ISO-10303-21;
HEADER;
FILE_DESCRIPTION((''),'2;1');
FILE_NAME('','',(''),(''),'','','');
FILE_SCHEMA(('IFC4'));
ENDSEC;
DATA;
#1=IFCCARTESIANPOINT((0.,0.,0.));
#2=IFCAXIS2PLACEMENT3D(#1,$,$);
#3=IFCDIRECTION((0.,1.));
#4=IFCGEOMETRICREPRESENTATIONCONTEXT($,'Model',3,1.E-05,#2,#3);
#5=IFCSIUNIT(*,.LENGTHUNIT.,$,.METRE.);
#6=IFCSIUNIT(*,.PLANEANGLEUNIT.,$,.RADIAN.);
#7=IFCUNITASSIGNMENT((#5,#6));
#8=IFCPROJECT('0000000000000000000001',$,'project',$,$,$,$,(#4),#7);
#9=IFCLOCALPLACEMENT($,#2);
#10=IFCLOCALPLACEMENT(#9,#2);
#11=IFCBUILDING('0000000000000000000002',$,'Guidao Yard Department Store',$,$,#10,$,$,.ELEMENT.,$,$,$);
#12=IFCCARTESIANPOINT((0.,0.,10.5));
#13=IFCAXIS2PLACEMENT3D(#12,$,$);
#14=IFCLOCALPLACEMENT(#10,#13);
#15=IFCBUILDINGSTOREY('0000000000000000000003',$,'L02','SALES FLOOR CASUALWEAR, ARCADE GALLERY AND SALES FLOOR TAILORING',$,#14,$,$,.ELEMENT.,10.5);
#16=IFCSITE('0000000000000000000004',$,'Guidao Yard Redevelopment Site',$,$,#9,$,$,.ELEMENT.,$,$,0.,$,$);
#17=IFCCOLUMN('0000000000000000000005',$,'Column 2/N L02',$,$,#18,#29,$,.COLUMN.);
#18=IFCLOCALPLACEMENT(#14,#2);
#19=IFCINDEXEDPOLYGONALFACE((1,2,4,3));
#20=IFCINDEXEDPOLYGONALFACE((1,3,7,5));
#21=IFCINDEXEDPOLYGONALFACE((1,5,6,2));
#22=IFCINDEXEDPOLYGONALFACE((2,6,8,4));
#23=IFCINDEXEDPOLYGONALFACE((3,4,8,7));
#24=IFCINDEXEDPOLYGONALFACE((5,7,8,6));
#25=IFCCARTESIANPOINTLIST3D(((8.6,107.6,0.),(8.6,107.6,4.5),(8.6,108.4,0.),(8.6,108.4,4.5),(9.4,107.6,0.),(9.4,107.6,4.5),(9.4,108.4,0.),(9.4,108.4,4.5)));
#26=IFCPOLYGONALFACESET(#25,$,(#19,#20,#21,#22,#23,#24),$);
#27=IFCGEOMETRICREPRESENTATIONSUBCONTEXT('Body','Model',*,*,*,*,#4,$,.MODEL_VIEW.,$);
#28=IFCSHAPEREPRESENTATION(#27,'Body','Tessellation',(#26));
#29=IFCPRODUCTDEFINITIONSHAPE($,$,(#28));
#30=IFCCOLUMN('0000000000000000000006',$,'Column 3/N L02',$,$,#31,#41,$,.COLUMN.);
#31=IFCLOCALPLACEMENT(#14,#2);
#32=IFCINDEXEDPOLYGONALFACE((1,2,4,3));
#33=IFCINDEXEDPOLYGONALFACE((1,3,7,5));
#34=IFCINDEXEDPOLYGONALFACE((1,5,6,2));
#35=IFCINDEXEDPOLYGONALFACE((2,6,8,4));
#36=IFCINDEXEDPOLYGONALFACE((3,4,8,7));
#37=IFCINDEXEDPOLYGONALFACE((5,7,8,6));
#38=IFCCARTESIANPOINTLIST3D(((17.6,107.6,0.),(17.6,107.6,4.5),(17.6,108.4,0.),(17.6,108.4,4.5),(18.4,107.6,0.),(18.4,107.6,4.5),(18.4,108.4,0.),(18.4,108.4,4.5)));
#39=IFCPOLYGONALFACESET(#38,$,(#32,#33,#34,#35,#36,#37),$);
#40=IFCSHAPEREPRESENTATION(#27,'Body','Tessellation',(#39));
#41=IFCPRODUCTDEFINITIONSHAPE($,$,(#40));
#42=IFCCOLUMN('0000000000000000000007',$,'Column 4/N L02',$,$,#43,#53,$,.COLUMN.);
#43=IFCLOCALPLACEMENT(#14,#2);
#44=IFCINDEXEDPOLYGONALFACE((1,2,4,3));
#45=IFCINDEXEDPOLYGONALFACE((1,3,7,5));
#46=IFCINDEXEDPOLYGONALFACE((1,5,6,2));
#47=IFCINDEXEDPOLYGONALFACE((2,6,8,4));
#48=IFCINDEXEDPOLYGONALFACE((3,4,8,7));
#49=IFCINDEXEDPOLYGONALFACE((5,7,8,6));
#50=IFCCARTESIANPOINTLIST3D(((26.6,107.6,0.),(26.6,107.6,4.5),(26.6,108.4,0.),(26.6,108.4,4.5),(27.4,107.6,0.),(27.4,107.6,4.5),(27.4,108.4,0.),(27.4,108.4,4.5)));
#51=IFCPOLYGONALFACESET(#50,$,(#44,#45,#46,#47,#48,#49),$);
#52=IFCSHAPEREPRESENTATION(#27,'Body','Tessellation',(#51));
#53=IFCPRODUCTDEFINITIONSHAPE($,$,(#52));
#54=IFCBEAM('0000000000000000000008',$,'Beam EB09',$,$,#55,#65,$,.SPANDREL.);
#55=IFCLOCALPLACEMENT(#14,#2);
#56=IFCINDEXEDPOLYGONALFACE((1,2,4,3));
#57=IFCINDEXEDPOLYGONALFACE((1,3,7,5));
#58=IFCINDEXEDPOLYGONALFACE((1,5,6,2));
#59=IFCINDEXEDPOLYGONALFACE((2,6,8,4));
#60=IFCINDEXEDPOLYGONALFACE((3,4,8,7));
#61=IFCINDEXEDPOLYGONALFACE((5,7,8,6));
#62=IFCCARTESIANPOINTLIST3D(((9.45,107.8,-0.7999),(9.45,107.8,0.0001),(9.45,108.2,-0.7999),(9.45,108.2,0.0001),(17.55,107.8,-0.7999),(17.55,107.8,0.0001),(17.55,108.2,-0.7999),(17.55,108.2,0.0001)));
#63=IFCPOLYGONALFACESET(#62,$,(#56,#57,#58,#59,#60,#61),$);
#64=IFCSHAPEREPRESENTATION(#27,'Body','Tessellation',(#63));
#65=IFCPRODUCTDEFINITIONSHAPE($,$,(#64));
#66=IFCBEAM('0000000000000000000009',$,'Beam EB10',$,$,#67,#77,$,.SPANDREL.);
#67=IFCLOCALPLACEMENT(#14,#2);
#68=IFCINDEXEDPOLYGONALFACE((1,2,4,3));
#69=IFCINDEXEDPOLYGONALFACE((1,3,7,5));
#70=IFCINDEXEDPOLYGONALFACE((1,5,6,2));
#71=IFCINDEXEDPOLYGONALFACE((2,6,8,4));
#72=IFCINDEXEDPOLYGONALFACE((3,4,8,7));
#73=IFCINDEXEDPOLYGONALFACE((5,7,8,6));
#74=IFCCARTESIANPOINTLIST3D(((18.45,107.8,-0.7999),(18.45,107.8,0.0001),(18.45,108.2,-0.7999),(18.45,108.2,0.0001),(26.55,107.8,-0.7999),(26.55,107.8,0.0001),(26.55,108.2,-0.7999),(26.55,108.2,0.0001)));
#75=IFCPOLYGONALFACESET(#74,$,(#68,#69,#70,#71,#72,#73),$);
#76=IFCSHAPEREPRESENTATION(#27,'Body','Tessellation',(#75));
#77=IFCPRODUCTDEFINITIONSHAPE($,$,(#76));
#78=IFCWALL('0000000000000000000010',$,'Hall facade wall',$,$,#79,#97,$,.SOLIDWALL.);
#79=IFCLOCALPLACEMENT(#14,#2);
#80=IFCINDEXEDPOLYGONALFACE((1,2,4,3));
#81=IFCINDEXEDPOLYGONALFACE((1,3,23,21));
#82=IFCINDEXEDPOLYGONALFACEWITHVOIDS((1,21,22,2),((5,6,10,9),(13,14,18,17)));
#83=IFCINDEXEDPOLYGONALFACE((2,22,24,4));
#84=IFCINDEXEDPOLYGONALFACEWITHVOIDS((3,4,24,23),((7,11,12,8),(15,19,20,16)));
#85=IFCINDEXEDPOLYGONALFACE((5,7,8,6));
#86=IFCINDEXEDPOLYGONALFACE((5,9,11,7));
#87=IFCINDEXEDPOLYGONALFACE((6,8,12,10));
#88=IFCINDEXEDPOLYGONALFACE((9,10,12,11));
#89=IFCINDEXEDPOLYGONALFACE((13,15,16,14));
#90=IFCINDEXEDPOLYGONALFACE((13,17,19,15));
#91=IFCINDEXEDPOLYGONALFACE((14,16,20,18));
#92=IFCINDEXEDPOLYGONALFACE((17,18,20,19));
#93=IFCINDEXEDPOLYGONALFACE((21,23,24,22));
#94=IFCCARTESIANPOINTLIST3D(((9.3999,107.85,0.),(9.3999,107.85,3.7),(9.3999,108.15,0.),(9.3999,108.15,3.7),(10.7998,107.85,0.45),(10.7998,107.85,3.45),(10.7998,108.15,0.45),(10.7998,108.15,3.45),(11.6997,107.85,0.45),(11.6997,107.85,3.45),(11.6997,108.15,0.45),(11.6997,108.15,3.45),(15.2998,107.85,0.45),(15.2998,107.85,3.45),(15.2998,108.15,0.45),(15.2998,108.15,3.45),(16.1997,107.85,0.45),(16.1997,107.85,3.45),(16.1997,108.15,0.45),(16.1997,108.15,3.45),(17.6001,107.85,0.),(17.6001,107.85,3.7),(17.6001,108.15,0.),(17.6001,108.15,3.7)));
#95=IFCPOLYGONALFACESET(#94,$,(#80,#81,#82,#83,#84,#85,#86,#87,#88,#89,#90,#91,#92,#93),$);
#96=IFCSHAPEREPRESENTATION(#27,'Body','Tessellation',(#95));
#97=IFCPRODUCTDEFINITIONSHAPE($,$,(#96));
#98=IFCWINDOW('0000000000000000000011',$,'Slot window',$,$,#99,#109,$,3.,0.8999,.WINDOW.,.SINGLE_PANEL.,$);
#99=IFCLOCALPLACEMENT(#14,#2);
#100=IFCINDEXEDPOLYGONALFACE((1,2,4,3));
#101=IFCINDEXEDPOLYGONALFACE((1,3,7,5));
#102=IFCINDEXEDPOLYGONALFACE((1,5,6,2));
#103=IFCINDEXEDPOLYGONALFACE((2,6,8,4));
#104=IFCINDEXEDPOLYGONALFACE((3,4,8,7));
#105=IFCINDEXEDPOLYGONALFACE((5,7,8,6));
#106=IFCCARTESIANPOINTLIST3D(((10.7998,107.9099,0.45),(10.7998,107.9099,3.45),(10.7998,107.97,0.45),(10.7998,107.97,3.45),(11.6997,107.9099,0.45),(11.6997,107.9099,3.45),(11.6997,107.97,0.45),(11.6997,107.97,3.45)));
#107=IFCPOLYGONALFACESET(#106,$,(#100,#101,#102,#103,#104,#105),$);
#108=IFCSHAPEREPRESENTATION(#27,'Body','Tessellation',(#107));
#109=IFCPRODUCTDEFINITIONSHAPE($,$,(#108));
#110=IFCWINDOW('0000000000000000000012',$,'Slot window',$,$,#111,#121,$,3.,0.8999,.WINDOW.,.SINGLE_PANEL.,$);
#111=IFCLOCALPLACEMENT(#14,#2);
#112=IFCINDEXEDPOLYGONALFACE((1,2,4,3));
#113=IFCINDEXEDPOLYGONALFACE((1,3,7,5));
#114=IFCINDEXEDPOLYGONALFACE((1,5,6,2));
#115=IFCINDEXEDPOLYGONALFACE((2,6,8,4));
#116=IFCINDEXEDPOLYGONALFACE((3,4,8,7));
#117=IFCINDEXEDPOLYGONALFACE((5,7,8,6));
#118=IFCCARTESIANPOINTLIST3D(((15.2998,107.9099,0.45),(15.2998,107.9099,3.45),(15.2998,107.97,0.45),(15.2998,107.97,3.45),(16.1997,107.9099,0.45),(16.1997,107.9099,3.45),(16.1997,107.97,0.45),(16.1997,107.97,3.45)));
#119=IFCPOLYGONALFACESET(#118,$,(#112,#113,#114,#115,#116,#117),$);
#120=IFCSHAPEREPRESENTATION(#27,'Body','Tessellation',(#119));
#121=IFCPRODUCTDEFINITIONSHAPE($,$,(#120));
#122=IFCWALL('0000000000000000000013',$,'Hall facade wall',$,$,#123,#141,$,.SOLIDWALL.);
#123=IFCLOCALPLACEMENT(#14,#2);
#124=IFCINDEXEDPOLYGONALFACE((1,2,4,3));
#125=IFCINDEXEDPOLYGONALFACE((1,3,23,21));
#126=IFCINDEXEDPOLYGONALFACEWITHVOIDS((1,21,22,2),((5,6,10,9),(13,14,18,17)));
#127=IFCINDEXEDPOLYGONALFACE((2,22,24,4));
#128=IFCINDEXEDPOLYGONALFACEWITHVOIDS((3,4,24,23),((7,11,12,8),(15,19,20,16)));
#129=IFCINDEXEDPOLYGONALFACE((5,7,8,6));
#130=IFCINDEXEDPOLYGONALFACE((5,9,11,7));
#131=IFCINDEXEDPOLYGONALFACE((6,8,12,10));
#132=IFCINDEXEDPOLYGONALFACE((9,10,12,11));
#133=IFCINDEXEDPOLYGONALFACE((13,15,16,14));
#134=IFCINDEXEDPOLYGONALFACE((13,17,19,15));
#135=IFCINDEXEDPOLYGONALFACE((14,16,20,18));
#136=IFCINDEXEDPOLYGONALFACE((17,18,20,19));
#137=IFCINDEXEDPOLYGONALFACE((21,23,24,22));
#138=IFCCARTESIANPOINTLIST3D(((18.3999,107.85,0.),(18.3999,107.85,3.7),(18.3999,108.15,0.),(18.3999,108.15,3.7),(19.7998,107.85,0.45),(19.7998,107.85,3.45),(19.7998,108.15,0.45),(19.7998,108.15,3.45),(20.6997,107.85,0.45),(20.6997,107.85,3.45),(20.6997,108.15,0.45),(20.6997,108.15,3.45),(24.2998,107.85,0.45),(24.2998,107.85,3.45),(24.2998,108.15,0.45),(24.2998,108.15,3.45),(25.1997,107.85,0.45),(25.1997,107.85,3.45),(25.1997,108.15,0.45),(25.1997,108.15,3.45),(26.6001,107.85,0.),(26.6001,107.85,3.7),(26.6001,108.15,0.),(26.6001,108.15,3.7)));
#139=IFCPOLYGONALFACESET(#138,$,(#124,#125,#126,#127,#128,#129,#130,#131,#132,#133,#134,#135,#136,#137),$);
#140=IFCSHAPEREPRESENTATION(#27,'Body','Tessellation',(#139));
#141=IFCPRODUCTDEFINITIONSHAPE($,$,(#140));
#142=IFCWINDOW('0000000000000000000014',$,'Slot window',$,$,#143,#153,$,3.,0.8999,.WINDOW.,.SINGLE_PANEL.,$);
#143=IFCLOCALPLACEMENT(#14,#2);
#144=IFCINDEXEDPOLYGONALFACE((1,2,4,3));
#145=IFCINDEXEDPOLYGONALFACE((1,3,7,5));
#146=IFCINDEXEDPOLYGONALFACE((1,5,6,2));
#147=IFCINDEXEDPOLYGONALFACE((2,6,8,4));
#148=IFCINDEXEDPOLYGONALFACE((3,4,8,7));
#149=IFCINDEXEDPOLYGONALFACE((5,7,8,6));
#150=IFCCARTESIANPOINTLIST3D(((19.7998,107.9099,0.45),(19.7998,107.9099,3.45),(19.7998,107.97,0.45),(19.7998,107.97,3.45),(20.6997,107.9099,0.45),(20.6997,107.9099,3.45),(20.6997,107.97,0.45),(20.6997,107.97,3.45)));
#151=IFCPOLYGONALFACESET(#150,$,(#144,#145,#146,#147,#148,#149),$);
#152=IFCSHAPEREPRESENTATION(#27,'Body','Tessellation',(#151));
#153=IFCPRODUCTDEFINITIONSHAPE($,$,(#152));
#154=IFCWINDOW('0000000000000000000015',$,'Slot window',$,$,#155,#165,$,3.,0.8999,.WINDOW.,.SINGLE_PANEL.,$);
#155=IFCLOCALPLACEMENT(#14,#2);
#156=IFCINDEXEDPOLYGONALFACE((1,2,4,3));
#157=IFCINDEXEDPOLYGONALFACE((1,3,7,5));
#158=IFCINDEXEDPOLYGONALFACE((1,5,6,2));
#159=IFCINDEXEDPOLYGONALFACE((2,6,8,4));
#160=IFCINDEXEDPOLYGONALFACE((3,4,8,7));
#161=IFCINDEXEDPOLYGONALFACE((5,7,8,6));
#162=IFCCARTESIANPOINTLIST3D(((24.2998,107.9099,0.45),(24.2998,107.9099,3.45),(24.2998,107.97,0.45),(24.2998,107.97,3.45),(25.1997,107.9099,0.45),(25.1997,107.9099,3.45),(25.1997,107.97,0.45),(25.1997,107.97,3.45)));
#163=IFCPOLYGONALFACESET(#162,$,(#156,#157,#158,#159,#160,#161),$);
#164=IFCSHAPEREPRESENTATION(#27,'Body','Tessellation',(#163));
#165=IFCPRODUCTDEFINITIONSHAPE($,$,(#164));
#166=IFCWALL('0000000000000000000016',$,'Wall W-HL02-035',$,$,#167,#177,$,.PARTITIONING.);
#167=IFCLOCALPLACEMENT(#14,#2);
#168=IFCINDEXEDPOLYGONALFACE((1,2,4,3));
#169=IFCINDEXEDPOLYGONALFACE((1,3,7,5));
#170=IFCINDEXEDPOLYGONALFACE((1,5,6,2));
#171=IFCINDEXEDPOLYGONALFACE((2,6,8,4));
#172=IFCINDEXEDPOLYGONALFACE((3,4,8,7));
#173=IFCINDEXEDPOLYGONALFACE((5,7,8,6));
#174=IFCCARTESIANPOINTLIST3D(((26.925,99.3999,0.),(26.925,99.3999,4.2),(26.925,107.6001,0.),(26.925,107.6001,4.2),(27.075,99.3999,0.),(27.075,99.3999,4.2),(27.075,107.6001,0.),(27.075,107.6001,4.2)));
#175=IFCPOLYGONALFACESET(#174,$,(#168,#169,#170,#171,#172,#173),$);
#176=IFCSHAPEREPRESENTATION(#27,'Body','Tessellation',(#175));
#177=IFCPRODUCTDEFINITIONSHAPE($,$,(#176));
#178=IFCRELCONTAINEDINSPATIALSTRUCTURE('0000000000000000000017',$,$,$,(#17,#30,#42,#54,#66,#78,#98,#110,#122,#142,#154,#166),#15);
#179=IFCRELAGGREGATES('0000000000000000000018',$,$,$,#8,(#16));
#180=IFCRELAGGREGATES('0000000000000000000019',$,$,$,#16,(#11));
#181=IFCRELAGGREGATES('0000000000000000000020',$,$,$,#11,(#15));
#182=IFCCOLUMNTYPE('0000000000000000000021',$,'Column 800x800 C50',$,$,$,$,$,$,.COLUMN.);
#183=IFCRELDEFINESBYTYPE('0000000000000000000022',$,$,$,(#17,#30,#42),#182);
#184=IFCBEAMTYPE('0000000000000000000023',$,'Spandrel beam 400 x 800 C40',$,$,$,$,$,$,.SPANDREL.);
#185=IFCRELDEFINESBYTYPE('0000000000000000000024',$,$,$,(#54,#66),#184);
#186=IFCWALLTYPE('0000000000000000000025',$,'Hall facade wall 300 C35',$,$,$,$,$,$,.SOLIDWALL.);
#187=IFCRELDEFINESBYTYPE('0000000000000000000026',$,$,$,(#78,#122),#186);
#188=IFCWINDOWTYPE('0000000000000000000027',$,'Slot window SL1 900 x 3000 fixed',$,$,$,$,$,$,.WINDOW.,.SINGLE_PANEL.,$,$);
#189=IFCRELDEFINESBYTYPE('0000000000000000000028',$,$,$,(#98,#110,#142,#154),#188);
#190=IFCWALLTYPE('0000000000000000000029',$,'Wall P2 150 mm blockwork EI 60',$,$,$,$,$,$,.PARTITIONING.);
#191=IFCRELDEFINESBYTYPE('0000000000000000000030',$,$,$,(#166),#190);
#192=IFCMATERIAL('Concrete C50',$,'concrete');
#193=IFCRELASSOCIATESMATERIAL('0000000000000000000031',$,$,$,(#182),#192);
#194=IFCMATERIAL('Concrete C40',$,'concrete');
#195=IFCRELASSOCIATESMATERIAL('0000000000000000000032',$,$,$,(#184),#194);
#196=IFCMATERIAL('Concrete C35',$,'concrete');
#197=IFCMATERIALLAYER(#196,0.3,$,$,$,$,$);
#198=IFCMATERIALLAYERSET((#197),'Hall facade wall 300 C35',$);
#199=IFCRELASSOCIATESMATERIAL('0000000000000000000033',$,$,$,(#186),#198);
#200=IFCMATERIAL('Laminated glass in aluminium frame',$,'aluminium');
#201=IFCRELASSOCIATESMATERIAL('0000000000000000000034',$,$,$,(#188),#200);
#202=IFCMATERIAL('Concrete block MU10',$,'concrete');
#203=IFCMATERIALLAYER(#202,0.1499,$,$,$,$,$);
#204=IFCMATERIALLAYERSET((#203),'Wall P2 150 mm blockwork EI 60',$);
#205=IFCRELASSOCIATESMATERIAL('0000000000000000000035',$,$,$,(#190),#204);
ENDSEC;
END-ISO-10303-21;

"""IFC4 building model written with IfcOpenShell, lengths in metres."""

from ifc_helpers import new_model, si_unit, direction, frame, frame_2d, origin, origin_2d, place, context, subcontext, project, spatial, rectangle, extrude, material, layer, layer_set, material_profile, profile_set, type_object, element, fill, save


model = new_model("IFC4")

# Units and contexts
model_context = context("Model", 3, precision=1e-05, world=origin(), true_north=direction((0.0, 1.0)))
body_context = subcontext(model_context, "Body", "Model", "MODEL_VIEW")
ifc_project = project(units=[si_unit("LENGTHUNIT", "METRE"), si_unit("PLANEANGLEUNIT", "RADIAN")], contexts=[model_context])

# Site, building, storey
site_placement = place(None, origin())
site = spatial("IfcSite", under=ifc_project, at=site_placement, Name="Guidao Yard Redevelopment Site", CompositionType="ELEMENT", RefElevation=0.0)
building_placement = place(site_placement, origin())
building = spatial("IfcBuilding", under=site, at=building_placement, Name="Guidao Yard Department Store", CompositionType="ELEMENT")
storey_placement = place(building_placement, frame((0.0, 0.0, 10.5)))
storey = spatial("IfcBuildingStorey", under=building, at=storey_placement, Name="L02", Description="SALES FLOOR CASUALWEAR, ARCADE GALLERY AND SALES FLOOR TAILORING", CompositionType="ELEMENT", Elevation=10.5)

# Columns
ifc_material_1 = material(Name="Concrete C50", Category="concrete")
ifc_material_profile_1 = material_profile(ifc_material_1, rectangle(XDim=0.8, YDim=0.8, at=origin_2d()), Name="COL 800x800")
ifc_profile_set_1 = profile_set([ifc_material_profile_1], Name="Concrete C50")
column_type = type_object("IfcColumnType", Name="Column 800x800 C50", PredefinedType="COLUMN", material=ifc_profile_set_1)
for number, where, z_axis, x_axis, name in (
    (1, (9.0, 108.0, 0.0), (0.0, 0.0, 1.0), (1.0, 0.0, 0.0), "Column 2/N L02"),
    (2, (18.0, 108.0, 0.0), (0.0, 0.0, 1.0), (1.0, 0.0, 0.0), "Column 3/N L02"),
    (3, (27.0, 108.0, 0.0), (0.0, 0.0, 1.0), (1.0, 0.0, 0.0), "Column 4/N L02"),
):
    element("IfcColumn", number, at=place(storey_placement, frame(where, z_axis=z_axis, x_axis=x_axis)), inside=storey, type_object=column_type, Name=name, PredefinedType="COLUMN", context=body_context, shape_type="SweptSolid", body=[
        extrude(rectangle(XDim=0.8, YDim=0.8, at=origin_2d()), origin(), (0.0, 0.0, 1.0), 4.5),
    ])

# Beams
ifc_material_2 = material(Name="Concrete C40", Category="concrete")
ifc_material_profile_2 = material_profile(ifc_material_2, rectangle(XDim=0.3999, YDim=0.8, at=origin_2d()), Name="Spandrel beam 400 x 800 C40")
ifc_profile_set_2 = profile_set([ifc_material_profile_2], Name="Concrete C40")
beam_type = type_object("IfcBeamType", Name="Spandrel beam 400 x 800 C40", PredefinedType="SPANDREL", material=ifc_profile_set_2)
for number, where, z_axis, x_axis, name in (
    (4, (9.45, 108.0, -0.3999), (1.0, 0.0, 0.0), (0.0, 1.0, 0.0), "Beam EB09"),
    (5, (18.45, 108.0, -0.3999), (1.0, 0.0, 0.0), (0.0, 1.0, 0.0), "Beam EB10"),
):
    element("IfcBeam", number, at=place(storey_placement, frame(where, z_axis=z_axis, x_axis=x_axis)), inside=storey, type_object=beam_type, Name=name, PredefinedType="SPANDREL", context=body_context, shape_type="SweptSolid", body=[
        extrude(rectangle(XDim=0.3999, YDim=0.8, at=origin_2d()), origin(), (0.0, 0.0, 1.0), 8.1001),
    ])

# Walls, openings, windows
ifc_material_3 = material(Name="Concrete C35", Category="concrete")
ifc_layer_1 = layer(ifc_material_3, 0.3)
ifc_layer_set_1 = layer_set([ifc_layer_1], Name="Hall facade wall 300 C35")
wall_type_1 = type_object("IfcWallType", Name="Hall facade wall 300 C35", PredefinedType="SOLIDWALL", material=ifc_layer_set_1)
wall_1_placement = place(storey_placement, frame((9.3999, 108.0, 0.0), z_axis=(0.0, 0.0, 1.0), x_axis=(1.0, 0.0, 0.0)))
wall_1 = element("IfcWall", 6, at=wall_1_placement, inside=storey, type_object=wall_type_1, Name="Hall facade wall", PredefinedType="SOLIDWALL", context=body_context, shape_type="SweptSolid", body=[
    extrude(rectangle(XDim=8.2002, YDim=0.3, at=frame_2d((4.1001, 0.0))), origin(), (0.0, 0.0, 1.0), 3.7),
])
opening_1_placement = place(wall_1_placement, frame((1.3999, 0.0, 0.45)))
opening_1 = element("IfcOpeningElement", 7, at=opening_1_placement, cuts=wall_1, PredefinedType="OPENING", context=body_context, shape_type="SweptSolid", body=[
    extrude(rectangle(XDim=0.8999, YDim=3.0, at=frame_2d((0.45, 1.5))), frame((0.0, 0.1599, 0.0), z_axis=(0.0, -1.0, 0.0), x_axis=(1.0, 0.0, 0.0)), (0.0, 0.0, 1.0), 0.3201),
])
opening_2_placement = place(wall_1_placement, frame((5.8999, 0.0, 0.45)))
opening_2 = element("IfcOpeningElement", 8, at=opening_2_placement, cuts=wall_1, PredefinedType="OPENING", context=body_context, shape_type="SweptSolid", body=[
    extrude(rectangle(XDim=0.8999, YDim=3.0, at=frame_2d((0.45, 1.5))), frame((0.0, 0.1599, 0.0), z_axis=(0.0, -1.0, 0.0), x_axis=(1.0, 0.0, 0.0)), (0.0, 0.0, 1.0), 0.3201),
])
ifc_material_4 = material(Name="Laminated glass in aluminium frame", Category="aluminium")
window_type = type_object("IfcWindowType", Name="Slot window SL1 900 x 3000 fixed", PartitioningType="SINGLE_PANEL", PredefinedType="WINDOW", material=ifc_material_4)
window_1_placement = place(opening_1_placement, origin())
window_1 = element("IfcWindow", 9, at=window_1_placement, inside=storey, type_object=window_type, Name="Slot window", OverallHeight=3.0, OverallWidth=0.8999, PartitioningType="SINGLE_PANEL", PredefinedType="WINDOW", context=body_context, shape_type="SweptSolid", body=[
    extrude(rectangle(XDim=0.8999, YDim=3.0, at=frame_2d((0.45, 1.5))), frame((0.0, -0.03, 0.0), z_axis=(0.0, -1.0, 0.0), x_axis=(1.0, 0.0, 0.0)), (0.0, 0.0, 1.0), 0.0601),
])
fill(opening_1, window_1)
window_2_placement = place(opening_2_placement, origin())
window_2 = element("IfcWindow", 10, at=window_2_placement, inside=storey, type_object=window_type, Name="Slot window", OverallHeight=3.0, OverallWidth=0.8999, PartitioningType="SINGLE_PANEL", PredefinedType="WINDOW", context=body_context, shape_type="SweptSolid", body=[
    extrude(rectangle(XDim=0.8999, YDim=3.0, at=frame_2d((0.45, 1.5))), frame((0.0, -0.03, 0.0), z_axis=(0.0, -1.0, 0.0), x_axis=(1.0, 0.0, 0.0)), (0.0, 0.0, 1.0), 0.0601),
])
fill(opening_2, window_2)
wall_2_placement = place(storey_placement, frame((18.3999, 108.0, 0.0), z_axis=(0.0, 0.0, 1.0), x_axis=(1.0, 0.0, 0.0)))
wall_2 = element("IfcWall", 11, at=wall_2_placement, inside=storey, type_object=wall_type_1, Name="Hall facade wall", PredefinedType="SOLIDWALL", context=body_context, shape_type="SweptSolid", body=[
    extrude(rectangle(XDim=8.2002, YDim=0.3, at=frame_2d((4.1001, 0.0))), origin(), (0.0, 0.0, 1.0), 3.7),
])
opening_3_placement = place(wall_2_placement, frame((1.3999, 0.0, 0.45)))
opening_3 = element("IfcOpeningElement", 12, at=opening_3_placement, cuts=wall_2, PredefinedType="OPENING", context=body_context, shape_type="SweptSolid", body=[
    extrude(rectangle(XDim=0.8999, YDim=3.0, at=frame_2d((0.45, 1.5))), frame((0.0, 0.1599, 0.0), z_axis=(0.0, -1.0, 0.0), x_axis=(1.0, 0.0, 0.0)), (0.0, 0.0, 1.0), 0.3201),
])
opening_4_placement = place(wall_2_placement, frame((5.8999, 0.0, 0.45)))
opening_4 = element("IfcOpeningElement", 13, at=opening_4_placement, cuts=wall_2, PredefinedType="OPENING", context=body_context, shape_type="SweptSolid", body=[
    extrude(rectangle(XDim=0.8999, YDim=3.0, at=frame_2d((0.45, 1.5))), frame((0.0, 0.1599, 0.0), z_axis=(0.0, -1.0, 0.0), x_axis=(1.0, 0.0, 0.0)), (0.0, 0.0, 1.0), 0.3201),
])
window_3_placement = place(opening_3_placement, origin())
window_3 = element("IfcWindow", 14, at=window_3_placement, inside=storey, type_object=window_type, Name="Slot window", OverallHeight=3.0, OverallWidth=0.8999, PartitioningType="SINGLE_PANEL", PredefinedType="WINDOW", context=body_context, shape_type="SweptSolid", body=[
    extrude(rectangle(XDim=0.8999, YDim=3.0, at=frame_2d((0.45, 1.5))), frame((0.0, -0.03, 0.0), z_axis=(0.0, -1.0, 0.0), x_axis=(1.0, 0.0, 0.0)), (0.0, 0.0, 1.0), 0.0601),
])
fill(opening_3, window_3)
window_4_placement = place(opening_4_placement, origin())
window_4 = element("IfcWindow", 15, at=window_4_placement, inside=storey, type_object=window_type, Name="Slot window", OverallHeight=3.0, OverallWidth=0.8999, PartitioningType="SINGLE_PANEL", PredefinedType="WINDOW", context=body_context, shape_type="SweptSolid", body=[
    extrude(rectangle(XDim=0.8999, YDim=3.0, at=frame_2d((0.45, 1.5))), frame((0.0, -0.03, 0.0), z_axis=(0.0, -1.0, 0.0), x_axis=(1.0, 0.0, 0.0)), (0.0, 0.0, 1.0), 0.0601),
])
fill(opening_4, window_4)

# Wall
ifc_material_5 = material(Name="Concrete block MU10", Category="concrete")
ifc_layer_2 = layer(ifc_material_5, 0.1499)
ifc_layer_set_2 = layer_set([ifc_layer_2], Name="Wall P2 150 mm blockwork EI 60")
wall_type_2 = type_object("IfcWallType", Name="Wall P2 150 mm blockwork EI 60", PredefinedType="PARTITIONING", material=ifc_layer_set_2)
wall_3_placement = place(storey_placement, frame((27.0, 99.3999, 0.0), z_axis=(0.0, 0.0, 1.0), x_axis=(0.0, 1.0, 0.0)))
element("IfcWall", 16, at=wall_3_placement, inside=storey, type_object=wall_type_2, Name="Wall W-HL02-035", PredefinedType="PARTITIONING", context=body_context, shape_type="SweptSolid", body=[
    extrude(rectangle(XDim=8.2002, YDim=0.1499, at=frame_2d((4.1001, 0.0))), origin(), (0.0, 0.0, 1.0), 4.2),
])

save(model, "model.ifc")
